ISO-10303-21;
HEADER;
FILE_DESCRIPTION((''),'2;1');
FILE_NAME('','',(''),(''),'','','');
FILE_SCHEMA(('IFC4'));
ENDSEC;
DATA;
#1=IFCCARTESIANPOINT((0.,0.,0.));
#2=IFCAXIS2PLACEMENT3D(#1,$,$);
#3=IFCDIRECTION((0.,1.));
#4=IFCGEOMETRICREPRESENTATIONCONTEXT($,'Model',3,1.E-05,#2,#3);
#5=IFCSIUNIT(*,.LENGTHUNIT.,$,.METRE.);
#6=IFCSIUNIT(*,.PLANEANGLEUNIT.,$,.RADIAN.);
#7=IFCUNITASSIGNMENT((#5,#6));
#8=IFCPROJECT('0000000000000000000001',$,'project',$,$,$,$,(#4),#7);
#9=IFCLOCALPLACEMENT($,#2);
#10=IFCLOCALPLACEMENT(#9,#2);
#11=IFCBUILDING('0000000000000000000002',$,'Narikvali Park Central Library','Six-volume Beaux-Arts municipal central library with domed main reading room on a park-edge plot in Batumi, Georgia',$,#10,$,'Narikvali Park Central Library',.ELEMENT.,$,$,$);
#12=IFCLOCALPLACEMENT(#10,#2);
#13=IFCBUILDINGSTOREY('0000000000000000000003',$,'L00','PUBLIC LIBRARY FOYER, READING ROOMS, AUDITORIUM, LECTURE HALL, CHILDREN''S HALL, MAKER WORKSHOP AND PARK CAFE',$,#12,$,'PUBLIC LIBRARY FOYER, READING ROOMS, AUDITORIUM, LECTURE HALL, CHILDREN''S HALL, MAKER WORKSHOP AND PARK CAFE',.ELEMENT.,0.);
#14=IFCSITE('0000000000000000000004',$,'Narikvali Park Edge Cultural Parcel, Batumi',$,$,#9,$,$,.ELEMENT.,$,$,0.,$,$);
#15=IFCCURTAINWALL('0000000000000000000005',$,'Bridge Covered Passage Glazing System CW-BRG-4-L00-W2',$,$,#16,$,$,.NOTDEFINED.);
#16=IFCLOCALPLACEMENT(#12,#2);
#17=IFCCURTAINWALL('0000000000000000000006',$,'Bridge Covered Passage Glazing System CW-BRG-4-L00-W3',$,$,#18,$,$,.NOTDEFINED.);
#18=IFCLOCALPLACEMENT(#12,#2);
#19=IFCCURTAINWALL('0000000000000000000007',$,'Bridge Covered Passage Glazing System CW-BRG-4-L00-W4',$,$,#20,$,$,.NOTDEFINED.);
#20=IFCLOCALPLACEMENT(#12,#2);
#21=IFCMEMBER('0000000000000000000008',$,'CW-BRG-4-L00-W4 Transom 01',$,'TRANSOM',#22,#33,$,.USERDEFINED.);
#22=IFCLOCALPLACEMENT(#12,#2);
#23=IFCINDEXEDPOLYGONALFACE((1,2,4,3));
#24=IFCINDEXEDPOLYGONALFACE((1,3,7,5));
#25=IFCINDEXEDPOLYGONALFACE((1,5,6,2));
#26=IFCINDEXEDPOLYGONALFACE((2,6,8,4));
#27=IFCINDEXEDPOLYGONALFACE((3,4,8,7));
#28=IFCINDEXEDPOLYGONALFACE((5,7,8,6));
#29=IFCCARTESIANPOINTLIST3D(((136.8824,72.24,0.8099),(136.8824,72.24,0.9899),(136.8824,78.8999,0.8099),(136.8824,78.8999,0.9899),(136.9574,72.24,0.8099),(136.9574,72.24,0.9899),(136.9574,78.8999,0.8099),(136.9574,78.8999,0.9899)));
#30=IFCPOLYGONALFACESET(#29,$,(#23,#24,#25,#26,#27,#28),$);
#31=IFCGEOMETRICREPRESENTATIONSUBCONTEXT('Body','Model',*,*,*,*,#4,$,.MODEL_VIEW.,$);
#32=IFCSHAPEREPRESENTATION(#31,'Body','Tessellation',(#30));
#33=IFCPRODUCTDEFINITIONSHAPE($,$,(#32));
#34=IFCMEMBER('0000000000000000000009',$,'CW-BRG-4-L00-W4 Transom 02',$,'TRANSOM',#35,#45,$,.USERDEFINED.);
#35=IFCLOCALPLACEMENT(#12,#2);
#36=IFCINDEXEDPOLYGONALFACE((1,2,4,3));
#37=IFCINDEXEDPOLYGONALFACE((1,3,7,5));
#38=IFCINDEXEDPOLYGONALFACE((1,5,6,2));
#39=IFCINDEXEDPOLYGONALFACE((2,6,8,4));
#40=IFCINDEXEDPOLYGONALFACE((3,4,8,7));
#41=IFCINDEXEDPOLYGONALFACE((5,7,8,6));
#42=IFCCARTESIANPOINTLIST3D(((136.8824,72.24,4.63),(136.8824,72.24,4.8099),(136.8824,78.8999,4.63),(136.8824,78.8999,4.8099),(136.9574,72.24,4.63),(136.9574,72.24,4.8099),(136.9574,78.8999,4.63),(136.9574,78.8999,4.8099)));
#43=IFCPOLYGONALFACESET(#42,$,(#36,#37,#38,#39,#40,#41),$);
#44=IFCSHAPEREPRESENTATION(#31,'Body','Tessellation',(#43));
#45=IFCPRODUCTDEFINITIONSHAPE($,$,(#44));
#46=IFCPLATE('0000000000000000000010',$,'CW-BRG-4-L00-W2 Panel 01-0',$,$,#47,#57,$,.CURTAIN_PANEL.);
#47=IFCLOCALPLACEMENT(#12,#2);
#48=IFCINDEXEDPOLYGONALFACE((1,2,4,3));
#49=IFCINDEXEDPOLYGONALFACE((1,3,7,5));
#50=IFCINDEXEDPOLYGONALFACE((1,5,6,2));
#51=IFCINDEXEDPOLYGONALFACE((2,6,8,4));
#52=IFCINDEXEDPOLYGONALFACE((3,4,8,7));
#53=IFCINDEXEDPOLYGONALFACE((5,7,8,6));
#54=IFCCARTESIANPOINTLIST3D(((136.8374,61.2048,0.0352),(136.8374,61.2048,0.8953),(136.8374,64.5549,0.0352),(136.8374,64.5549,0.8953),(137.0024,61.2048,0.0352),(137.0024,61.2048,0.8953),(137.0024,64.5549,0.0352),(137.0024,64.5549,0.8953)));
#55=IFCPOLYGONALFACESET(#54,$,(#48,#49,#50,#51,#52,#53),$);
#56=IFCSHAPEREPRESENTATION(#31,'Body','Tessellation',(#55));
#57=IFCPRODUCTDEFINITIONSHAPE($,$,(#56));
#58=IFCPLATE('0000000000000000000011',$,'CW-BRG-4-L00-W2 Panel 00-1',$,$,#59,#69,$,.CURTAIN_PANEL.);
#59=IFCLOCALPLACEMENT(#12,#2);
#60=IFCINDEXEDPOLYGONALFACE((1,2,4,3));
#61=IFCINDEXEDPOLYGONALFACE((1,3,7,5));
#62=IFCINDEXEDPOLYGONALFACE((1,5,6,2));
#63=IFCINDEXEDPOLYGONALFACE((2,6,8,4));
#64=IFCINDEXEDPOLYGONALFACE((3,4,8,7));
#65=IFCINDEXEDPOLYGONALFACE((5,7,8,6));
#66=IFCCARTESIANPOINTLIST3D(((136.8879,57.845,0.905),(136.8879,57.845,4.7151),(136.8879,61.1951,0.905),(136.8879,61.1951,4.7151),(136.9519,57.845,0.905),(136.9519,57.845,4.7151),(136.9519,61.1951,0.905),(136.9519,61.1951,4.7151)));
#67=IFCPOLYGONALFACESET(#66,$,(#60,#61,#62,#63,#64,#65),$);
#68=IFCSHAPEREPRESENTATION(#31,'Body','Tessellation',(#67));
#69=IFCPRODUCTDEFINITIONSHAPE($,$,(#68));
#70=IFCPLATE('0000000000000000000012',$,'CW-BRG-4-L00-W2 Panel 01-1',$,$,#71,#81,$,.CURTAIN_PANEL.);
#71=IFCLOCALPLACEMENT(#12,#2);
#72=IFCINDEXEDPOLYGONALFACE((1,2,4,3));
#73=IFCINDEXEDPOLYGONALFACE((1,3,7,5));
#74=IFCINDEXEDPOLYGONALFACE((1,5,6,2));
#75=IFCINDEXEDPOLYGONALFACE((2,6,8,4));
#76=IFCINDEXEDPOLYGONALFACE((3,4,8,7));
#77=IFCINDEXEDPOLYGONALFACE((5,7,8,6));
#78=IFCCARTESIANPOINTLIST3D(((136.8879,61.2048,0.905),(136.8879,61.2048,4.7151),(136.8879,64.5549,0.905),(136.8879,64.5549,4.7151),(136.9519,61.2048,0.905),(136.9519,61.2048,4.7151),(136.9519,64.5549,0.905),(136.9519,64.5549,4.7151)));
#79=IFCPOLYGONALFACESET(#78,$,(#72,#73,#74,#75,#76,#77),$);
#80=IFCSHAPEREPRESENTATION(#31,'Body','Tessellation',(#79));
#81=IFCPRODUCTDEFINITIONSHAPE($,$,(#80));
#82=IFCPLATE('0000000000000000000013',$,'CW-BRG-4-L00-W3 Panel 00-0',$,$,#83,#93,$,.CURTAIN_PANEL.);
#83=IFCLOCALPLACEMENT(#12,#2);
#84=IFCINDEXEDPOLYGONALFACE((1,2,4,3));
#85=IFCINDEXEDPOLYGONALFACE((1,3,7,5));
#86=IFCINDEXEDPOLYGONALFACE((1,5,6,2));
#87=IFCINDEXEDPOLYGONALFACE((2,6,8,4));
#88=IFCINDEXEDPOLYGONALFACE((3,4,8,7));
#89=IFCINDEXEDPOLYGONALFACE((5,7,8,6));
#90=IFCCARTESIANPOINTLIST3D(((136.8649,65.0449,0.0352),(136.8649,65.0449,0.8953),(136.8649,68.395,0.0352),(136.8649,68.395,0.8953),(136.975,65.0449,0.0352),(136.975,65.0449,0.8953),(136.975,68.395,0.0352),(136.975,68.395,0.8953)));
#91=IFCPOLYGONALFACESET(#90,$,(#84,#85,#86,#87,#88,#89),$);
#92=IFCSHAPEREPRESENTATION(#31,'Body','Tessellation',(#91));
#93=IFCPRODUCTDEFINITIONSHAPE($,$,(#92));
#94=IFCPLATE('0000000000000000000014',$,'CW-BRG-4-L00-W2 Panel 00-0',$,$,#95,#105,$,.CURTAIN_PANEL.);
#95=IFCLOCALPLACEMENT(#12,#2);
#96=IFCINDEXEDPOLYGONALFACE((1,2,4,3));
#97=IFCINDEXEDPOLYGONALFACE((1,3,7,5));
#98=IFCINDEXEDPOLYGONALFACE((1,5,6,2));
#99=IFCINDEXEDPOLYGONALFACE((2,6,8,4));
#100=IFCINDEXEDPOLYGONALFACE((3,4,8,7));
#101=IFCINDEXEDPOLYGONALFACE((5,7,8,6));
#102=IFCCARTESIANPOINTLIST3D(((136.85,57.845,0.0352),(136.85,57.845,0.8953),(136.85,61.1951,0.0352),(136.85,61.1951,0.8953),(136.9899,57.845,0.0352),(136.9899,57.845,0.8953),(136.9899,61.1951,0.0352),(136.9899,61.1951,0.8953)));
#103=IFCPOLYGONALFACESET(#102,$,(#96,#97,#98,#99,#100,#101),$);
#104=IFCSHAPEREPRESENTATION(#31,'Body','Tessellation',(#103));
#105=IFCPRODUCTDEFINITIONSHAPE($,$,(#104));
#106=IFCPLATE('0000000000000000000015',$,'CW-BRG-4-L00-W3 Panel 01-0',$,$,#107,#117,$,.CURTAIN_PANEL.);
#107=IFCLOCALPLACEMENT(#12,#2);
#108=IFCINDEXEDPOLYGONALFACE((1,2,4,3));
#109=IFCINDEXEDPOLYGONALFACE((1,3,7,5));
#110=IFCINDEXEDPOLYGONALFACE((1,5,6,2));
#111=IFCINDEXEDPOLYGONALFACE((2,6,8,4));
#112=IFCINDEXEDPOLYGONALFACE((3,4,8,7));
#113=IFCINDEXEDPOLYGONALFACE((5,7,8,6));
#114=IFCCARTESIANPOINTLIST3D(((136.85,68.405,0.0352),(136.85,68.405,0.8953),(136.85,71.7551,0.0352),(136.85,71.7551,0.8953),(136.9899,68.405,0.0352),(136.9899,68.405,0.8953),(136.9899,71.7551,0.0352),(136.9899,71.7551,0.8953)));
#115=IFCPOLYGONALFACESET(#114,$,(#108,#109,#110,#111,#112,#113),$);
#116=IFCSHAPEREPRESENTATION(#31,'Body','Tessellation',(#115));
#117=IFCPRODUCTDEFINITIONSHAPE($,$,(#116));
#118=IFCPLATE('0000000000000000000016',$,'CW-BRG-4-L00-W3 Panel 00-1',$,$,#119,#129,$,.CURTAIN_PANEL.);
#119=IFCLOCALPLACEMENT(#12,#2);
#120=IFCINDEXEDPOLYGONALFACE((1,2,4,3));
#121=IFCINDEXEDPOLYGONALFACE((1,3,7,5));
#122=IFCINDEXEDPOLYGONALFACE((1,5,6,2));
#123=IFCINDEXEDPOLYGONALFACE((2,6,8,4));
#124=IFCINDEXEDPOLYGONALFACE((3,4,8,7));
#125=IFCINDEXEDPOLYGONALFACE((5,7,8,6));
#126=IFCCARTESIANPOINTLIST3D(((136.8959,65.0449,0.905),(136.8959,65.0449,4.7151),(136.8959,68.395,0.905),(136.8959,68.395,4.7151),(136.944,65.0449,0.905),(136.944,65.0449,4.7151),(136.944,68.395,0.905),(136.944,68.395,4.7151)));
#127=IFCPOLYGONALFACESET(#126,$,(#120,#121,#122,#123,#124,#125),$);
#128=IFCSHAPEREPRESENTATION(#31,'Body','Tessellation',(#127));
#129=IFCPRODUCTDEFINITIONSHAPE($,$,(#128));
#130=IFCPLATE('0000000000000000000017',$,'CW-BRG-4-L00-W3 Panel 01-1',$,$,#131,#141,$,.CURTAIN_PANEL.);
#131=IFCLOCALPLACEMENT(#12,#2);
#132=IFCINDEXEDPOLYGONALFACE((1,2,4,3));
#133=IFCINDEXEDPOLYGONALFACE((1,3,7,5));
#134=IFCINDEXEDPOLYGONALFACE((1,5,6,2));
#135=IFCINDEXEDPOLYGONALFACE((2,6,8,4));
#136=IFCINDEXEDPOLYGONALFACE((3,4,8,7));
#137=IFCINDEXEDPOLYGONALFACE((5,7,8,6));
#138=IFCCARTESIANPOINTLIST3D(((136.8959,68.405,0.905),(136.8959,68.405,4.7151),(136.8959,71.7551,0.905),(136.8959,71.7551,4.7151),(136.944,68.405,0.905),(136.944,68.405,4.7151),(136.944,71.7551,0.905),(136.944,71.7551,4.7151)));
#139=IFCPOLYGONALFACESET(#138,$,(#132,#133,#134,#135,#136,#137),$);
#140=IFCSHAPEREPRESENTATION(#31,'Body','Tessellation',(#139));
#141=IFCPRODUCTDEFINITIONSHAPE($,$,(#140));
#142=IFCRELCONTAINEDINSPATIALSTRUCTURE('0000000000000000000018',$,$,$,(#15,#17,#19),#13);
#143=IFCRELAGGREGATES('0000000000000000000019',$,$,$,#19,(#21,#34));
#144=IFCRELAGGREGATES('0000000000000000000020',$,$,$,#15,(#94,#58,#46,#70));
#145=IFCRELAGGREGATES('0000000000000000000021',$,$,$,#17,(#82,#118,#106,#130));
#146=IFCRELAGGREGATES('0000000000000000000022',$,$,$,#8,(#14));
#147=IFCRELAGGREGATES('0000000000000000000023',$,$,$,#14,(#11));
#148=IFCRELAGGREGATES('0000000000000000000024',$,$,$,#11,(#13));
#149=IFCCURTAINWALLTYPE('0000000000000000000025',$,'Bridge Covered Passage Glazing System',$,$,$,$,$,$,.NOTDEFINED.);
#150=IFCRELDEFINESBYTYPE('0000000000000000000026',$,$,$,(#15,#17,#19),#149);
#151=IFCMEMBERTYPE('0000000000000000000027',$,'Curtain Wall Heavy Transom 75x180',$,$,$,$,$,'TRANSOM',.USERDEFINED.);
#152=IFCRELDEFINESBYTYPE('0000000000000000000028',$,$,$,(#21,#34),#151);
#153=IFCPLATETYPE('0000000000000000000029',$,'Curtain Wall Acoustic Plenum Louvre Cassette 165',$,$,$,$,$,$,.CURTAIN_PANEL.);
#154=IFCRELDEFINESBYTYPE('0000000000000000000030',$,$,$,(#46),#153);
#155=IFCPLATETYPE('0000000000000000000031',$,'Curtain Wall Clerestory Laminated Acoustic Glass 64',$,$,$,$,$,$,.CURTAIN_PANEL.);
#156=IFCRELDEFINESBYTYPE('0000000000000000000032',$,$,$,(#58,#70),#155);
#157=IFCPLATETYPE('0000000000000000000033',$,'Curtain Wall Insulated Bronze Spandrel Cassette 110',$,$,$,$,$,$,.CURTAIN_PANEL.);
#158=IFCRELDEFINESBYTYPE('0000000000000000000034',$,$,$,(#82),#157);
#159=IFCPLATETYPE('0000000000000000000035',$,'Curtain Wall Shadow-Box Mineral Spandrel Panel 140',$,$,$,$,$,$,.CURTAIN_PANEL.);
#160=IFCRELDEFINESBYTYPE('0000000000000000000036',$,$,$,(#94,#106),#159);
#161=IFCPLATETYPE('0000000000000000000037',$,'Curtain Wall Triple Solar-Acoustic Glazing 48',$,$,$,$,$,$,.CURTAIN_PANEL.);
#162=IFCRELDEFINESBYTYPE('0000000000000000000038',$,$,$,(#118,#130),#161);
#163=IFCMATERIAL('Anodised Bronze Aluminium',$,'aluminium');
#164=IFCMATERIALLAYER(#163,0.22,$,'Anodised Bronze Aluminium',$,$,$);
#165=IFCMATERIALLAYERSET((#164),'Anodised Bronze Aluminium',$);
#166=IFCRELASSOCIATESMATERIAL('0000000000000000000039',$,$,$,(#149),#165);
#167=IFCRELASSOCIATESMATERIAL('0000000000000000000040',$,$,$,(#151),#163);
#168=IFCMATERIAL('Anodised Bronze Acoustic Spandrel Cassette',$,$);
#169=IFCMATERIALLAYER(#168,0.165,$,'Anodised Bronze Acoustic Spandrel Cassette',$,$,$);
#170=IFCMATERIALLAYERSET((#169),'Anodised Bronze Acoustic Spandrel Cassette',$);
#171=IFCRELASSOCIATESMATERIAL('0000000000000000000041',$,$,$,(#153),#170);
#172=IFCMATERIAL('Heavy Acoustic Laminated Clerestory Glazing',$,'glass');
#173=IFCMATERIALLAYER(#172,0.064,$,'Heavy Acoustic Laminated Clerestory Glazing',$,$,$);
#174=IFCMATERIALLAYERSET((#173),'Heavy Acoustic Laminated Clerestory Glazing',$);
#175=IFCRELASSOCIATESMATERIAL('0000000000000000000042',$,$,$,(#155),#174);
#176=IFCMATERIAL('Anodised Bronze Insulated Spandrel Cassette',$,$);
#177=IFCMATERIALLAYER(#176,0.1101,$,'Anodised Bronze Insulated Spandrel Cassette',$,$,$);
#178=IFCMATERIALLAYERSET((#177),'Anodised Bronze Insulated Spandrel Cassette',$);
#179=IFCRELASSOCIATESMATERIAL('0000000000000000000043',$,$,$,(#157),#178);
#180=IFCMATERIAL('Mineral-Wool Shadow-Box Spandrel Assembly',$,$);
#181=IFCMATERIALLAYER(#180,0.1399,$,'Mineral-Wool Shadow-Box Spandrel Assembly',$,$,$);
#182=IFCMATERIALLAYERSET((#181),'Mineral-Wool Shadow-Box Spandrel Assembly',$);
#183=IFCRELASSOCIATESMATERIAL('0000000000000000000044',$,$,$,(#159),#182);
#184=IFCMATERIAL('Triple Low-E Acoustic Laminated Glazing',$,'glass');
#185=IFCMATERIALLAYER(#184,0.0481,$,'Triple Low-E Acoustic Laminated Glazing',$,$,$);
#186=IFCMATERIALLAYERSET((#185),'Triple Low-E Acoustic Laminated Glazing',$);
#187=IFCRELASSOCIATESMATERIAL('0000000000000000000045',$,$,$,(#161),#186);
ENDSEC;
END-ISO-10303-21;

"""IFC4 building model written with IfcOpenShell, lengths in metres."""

from ifc_helpers import new_model, si_unit, direction, frame, origin, origin_2d, place, context, subcontext, project, spatial, rectangle, extrude, material, layer, layer_set, material_profile, profile_set, type_object, element, aggregate, save


model = new_model("IFC4")

# Units and contexts
model_context = context("Model", 3, precision=1e-05, world=origin(), true_north=direction((0.0, 1.0)))
body_context = subcontext(model_context, "Body", "Model", "MODEL_VIEW")
ifc_project = project(units=[si_unit("LENGTHUNIT", "METRE"), si_unit("PLANEANGLEUNIT", "RADIAN")], contexts=[model_context])

# Site, building, storey
site_placement = place(None, origin())
site = spatial("IfcSite", under=ifc_project, at=site_placement, Name="Narikvali Park Edge Cultural Parcel, Batumi", CompositionType="ELEMENT", RefElevation=0.0)
building_placement = place(site_placement, origin())
building = spatial("IfcBuilding", under=site, at=building_placement, Name="Narikvali Park Central Library", Description="Six-volume Beaux-Arts municipal central library with domed main reading room on a park-edge plot in Batumi, Georgia", LongName="Narikvali Park Central Library", CompositionType="ELEMENT")
storey_placement = place(building_placement, origin())
storey = spatial("IfcBuildingStorey", under=building, at=storey_placement, Name="L00", Description="PUBLIC LIBRARY FOYER, READING ROOMS, AUDITORIUM, LECTURE HALL, CHILDREN'S HALL, MAKER WORKSHOP AND PARK CAFE", LongName="PUBLIC LIBRARY FOYER, READING ROOMS, AUDITORIUM, LECTURE HALL, CHILDREN'S HALL, MAKER WORKSHOP AND PARK CAFE", CompositionType="ELEMENT", Elevation=0.0)

# Curtain wall
ifc_material_1 = material(Name="Anodised Bronze Aluminium", Category="aluminium")
ifc_layer_1 = layer(ifc_material_1, 0.22, Name="Anodised Bronze Aluminium")
ifc_layer_set_1 = layer_set([ifc_layer_1], Name="Anodised Bronze Aluminium")
curtain_wall_type = type_object("IfcCurtainWallType", Name="Bridge Covered Passage Glazing System", PredefinedType="NOTDEFINED", material=ifc_layer_set_1)
curtain_wall_1_placement = place(storey_placement, origin())
curtain_wall_1 = element("IfcCurtainWall", 1, at=curtain_wall_1_placement, inside=storey, type_object=curtain_wall_type, Name="Bridge Covered Passage Glazing System CW-BRG-4-L00-W2", PredefinedType="NOTDEFINED")

# Curtain wall
curtain_wall_2_placement = place(storey_placement, origin())
curtain_wall_2 = element("IfcCurtainWall", 2, at=curtain_wall_2_placement, inside=storey, type_object=curtain_wall_type, Name="Bridge Covered Passage Glazing System CW-BRG-4-L00-W3", PredefinedType="NOTDEFINED")

# Curtain wall
curtain_wall_3_placement = place(storey_placement, origin())
curtain_wall_3 = element("IfcCurtainWall", 3, at=curtain_wall_3_placement, inside=storey, type_object=curtain_wall_type, Name="Bridge Covered Passage Glazing System CW-BRG-4-L00-W4", PredefinedType="NOTDEFINED")

# Members
ifc_material_profile_1 = material_profile(ifc_material_1, rectangle(XDim=0.075, YDim=0.1799, at=origin_2d()), Name="CW TRANSOM 75x180")
ifc_profile_set_1 = profile_set([ifc_material_profile_1], Name="Anodised Bronze Aluminium")
member_type_1 = type_object("IfcMemberType", Name="Curtain Wall Heavy Transom 75x180", ElementType="TRANSOM", PredefinedType="USERDEFINED", material=ifc_profile_set_1)
member_1_placement = place(storey_placement, frame((136.9199, 72.24, 0.8999), z_axis=(0.0, 1.0, 0.0), x_axis=(-1.0, 0.0, 0.0)))
member_1 = element("IfcMember", 4, at=member_1_placement, type_object=member_type_1, Name="CW-BRG-4-L00-W4 Transom 01", ObjectType="TRANSOM", PredefinedType="USERDEFINED", context=body_context, shape_type="SweptSolid", body=[
    extrude(rectangle(XDim=0.075, YDim=0.1799, at=origin_2d()), origin(), (0.0, 0.0, 1.0), 6.6599),
])
member_2_placement = place(storey_placement, frame((136.9199, 72.24, 4.72), z_axis=(0.0, 1.0, 0.0), x_axis=(-1.0, 0.0, 0.0)))
member_2 = element("IfcMember", 5, at=member_2_placement, type_object=member_type_1, Name="CW-BRG-4-L00-W4 Transom 02", ObjectType="TRANSOM", PredefinedType="USERDEFINED", context=body_context, shape_type="SweptSolid", body=[
    extrude(rectangle(XDim=0.075, YDim=0.1799, at=origin_2d()), origin(), (0.0, 0.0, 1.0), 6.6599),
])
aggregate(curtain_wall_3, [member_1, member_2])

# Plates
ifc_material_2 = material(Name="Anodised Bronze Acoustic Spandrel Cassette")
ifc_layer_2 = layer(ifc_material_2, 0.165, Name="Anodised Bronze Acoustic Spandrel Cassette")
ifc_layer_set_2 = layer_set([ifc_layer_2], Name="Anodised Bronze Acoustic Spandrel Cassette")
plate_type_1 = type_object("IfcPlateType", Name="Curtain Wall Acoustic Plenum Louvre Cassette 165", PredefinedType="CURTAIN_PANEL", material=ifc_layer_set_2)
plate_1_placement = place(storey_placement, frame((136.9199, 62.8799, 0.0352), z_axis=(0.0, 0.0, 1.0), x_axis=(0.0, 1.0, 0.0)))
plate_1 = element("IfcPlate", 6, at=plate_1_placement, type_object=plate_type_1, Name="CW-BRG-4-L00-W2 Panel 01-0", PredefinedType="CURTAIN_PANEL", context=body_context, shape_type="SweptSolid", body=[
    extrude(rectangle(XDim=3.3501, YDim=0.165, at=origin_2d()), origin(), (0.0, 0.0, 1.0), 0.8601),
])
ifc_material_3 = material(Name="Heavy Acoustic Laminated Clerestory Glazing", Category="glass")
ifc_layer_3 = layer(ifc_material_3, 0.064, Name="Heavy Acoustic Laminated Clerestory Glazing")
ifc_layer_set_3 = layer_set([ifc_layer_3], Name="Heavy Acoustic Laminated Clerestory Glazing")
plate_type_2 = type_object("IfcPlateType", Name="Curtain Wall Clerestory Laminated Acoustic Glass 64", PredefinedType="CURTAIN_PANEL", material=ifc_layer_set_3)
plate_2_placement = place(storey_placement, frame((136.9199, 59.52, 0.905), z_axis=(0.0, 0.0, 1.0), x_axis=(0.0, 1.0, 0.0)))
plate_2 = element("IfcPlate", 7, at=plate_2_placement, type_object=plate_type_2, Name="CW-BRG-4-L00-W2 Panel 00-1", PredefinedType="CURTAIN_PANEL", context=body_context, shape_type="SweptSolid", body=[
    extrude(rectangle(XDim=3.3501, YDim=0.064, at=origin_2d()), origin(), (0.0, 0.0, 1.0), 3.8101),
])
plate_3_placement = place(storey_placement, frame((136.9199, 62.8799, 0.905), z_axis=(0.0, 0.0, 1.0), x_axis=(0.0, 1.0, 0.0)))
plate_3 = element("IfcPlate", 8, at=plate_3_placement, type_object=plate_type_2, Name="CW-BRG-4-L00-W2 Panel 01-1", PredefinedType="CURTAIN_PANEL", context=body_context, shape_type="SweptSolid", body=[
    extrude(rectangle(XDim=3.3501, YDim=0.064, at=origin_2d()), origin(), (0.0, 0.0, 1.0), 3.8101),
])
ifc_material_4 = material(Name="Anodised Bronze Insulated Spandrel Cassette")
ifc_layer_4 = layer(ifc_material_4, 0.1101, Name="Anodised Bronze Insulated Spandrel Cassette")
ifc_layer_set_4 = layer_set([ifc_layer_4], Name="Anodised Bronze Insulated Spandrel Cassette")
plate_type_3 = type_object("IfcPlateType", Name="Curtain Wall Insulated Bronze Spandrel Cassette 110", PredefinedType="CURTAIN_PANEL", material=ifc_layer_set_4)
plate_4_placement = place(storey_placement, frame((136.9199, 66.72, 0.0352), z_axis=(0.0, 0.0, 1.0), x_axis=(0.0, 1.0, 0.0)))
plate_4 = element("IfcPlate", 9, at=plate_4_placement, type_object=plate_type_3, Name="CW-BRG-4-L00-W3 Panel 00-0", PredefinedType="CURTAIN_PANEL", context=body_context, shape_type="SweptSolid", body=[
    extrude(rectangle(XDim=3.3501, YDim=0.1101, at=origin_2d()), origin(), (0.0, 0.0, 1.0), 0.8601),
])
ifc_material_5 = material(Name="Mineral-Wool Shadow-Box Spandrel Assembly")
ifc_layer_5 = layer(ifc_material_5, 0.1399, Name="Mineral-Wool Shadow-Box Spandrel Assembly")
ifc_layer_set_5 = layer_set([ifc_layer_5], Name="Mineral-Wool Shadow-Box Spandrel Assembly")
plate_type_4 = type_object("IfcPlateType", Name="Curtain Wall Shadow-Box Mineral Spandrel Panel 140", PredefinedType="CURTAIN_PANEL", material=ifc_layer_set_5)
plate_5_placement = place(storey_placement, frame((136.9199, 59.52, 0.0352), z_axis=(0.0, 0.0, 1.0), x_axis=(0.0, 1.0, 0.0)))
plate_5 = element("IfcPlate", 10, at=plate_5_placement, type_object=plate_type_4, Name="CW-BRG-4-L00-W2 Panel 00-0", PredefinedType="CURTAIN_PANEL", context=body_context, shape_type="SweptSolid", body=[
    extrude(rectangle(XDim=3.3501, YDim=0.1399, at=origin_2d()), origin(), (0.0, 0.0, 1.0), 0.8601),
])
aggregate(curtain_wall_1, [plate_5, plate_2, plate_1, plate_3])
plate_6_placement = place(storey_placement, frame((136.9199, 70.0801, 0.0352), z_axis=(0.0, 0.0, 1.0), x_axis=(0.0, 1.0, 0.0)))
plate_6 = element("IfcPlate", 11, at=plate_6_placement, type_object=plate_type_4, Name="CW-BRG-4-L00-W3 Panel 01-0", PredefinedType="CURTAIN_PANEL", context=body_context, shape_type="SweptSolid", body=[
    extrude(rectangle(XDim=3.3501, YDim=0.1399, at=origin_2d()), origin(), (0.0, 0.0, 1.0), 0.8601),
])
ifc_material_6 = material(Name="Triple Low-E Acoustic Laminated Glazing", Category="glass")
ifc_layer_6 = layer(ifc_material_6, 0.0481, Name="Triple Low-E Acoustic Laminated Glazing")
ifc_layer_set_6 = layer_set([ifc_layer_6], Name="Triple Low-E Acoustic Laminated Glazing")
plate_type_5 = type_object("IfcPlateType", Name="Curtain Wall Triple Solar-Acoustic Glazing 48", PredefinedType="CURTAIN_PANEL", material=ifc_layer_set_6)
plate_7_placement = place(storey_placement, frame((136.9199, 66.72, 0.905), z_axis=(0.0, 0.0, 1.0), x_axis=(0.0, 1.0, 0.0)))
plate_7 = element("IfcPlate", 12, at=plate_7_placement, type_object=plate_type_5, Name="CW-BRG-4-L00-W3 Panel 00-1", PredefinedType="CURTAIN_PANEL", context=body_context, shape_type="SweptSolid", body=[
    extrude(rectangle(XDim=3.3501, YDim=0.0481, at=origin_2d()), origin(), (0.0, 0.0, 1.0), 3.8101),
])
plate_8_placement = place(storey_placement, frame((136.9199, 70.0801, 0.905), z_axis=(0.0, 0.0, 1.0), x_axis=(0.0, 1.0, 0.0)))
plate_8 = element("IfcPlate", 13, at=plate_8_placement, type_object=plate_type_5, Name="CW-BRG-4-L00-W3 Panel 01-1", PredefinedType="CURTAIN_PANEL", context=body_context, shape_type="SweptSolid", body=[
    extrude(rectangle(XDim=3.3501, YDim=0.0481, at=origin_2d()), origin(), (0.0, 0.0, 1.0), 3.8101),
])
aggregate(curtain_wall_2, [plate_4, plate_7, plate_6, plate_8])

save(model, "model.ifc")
